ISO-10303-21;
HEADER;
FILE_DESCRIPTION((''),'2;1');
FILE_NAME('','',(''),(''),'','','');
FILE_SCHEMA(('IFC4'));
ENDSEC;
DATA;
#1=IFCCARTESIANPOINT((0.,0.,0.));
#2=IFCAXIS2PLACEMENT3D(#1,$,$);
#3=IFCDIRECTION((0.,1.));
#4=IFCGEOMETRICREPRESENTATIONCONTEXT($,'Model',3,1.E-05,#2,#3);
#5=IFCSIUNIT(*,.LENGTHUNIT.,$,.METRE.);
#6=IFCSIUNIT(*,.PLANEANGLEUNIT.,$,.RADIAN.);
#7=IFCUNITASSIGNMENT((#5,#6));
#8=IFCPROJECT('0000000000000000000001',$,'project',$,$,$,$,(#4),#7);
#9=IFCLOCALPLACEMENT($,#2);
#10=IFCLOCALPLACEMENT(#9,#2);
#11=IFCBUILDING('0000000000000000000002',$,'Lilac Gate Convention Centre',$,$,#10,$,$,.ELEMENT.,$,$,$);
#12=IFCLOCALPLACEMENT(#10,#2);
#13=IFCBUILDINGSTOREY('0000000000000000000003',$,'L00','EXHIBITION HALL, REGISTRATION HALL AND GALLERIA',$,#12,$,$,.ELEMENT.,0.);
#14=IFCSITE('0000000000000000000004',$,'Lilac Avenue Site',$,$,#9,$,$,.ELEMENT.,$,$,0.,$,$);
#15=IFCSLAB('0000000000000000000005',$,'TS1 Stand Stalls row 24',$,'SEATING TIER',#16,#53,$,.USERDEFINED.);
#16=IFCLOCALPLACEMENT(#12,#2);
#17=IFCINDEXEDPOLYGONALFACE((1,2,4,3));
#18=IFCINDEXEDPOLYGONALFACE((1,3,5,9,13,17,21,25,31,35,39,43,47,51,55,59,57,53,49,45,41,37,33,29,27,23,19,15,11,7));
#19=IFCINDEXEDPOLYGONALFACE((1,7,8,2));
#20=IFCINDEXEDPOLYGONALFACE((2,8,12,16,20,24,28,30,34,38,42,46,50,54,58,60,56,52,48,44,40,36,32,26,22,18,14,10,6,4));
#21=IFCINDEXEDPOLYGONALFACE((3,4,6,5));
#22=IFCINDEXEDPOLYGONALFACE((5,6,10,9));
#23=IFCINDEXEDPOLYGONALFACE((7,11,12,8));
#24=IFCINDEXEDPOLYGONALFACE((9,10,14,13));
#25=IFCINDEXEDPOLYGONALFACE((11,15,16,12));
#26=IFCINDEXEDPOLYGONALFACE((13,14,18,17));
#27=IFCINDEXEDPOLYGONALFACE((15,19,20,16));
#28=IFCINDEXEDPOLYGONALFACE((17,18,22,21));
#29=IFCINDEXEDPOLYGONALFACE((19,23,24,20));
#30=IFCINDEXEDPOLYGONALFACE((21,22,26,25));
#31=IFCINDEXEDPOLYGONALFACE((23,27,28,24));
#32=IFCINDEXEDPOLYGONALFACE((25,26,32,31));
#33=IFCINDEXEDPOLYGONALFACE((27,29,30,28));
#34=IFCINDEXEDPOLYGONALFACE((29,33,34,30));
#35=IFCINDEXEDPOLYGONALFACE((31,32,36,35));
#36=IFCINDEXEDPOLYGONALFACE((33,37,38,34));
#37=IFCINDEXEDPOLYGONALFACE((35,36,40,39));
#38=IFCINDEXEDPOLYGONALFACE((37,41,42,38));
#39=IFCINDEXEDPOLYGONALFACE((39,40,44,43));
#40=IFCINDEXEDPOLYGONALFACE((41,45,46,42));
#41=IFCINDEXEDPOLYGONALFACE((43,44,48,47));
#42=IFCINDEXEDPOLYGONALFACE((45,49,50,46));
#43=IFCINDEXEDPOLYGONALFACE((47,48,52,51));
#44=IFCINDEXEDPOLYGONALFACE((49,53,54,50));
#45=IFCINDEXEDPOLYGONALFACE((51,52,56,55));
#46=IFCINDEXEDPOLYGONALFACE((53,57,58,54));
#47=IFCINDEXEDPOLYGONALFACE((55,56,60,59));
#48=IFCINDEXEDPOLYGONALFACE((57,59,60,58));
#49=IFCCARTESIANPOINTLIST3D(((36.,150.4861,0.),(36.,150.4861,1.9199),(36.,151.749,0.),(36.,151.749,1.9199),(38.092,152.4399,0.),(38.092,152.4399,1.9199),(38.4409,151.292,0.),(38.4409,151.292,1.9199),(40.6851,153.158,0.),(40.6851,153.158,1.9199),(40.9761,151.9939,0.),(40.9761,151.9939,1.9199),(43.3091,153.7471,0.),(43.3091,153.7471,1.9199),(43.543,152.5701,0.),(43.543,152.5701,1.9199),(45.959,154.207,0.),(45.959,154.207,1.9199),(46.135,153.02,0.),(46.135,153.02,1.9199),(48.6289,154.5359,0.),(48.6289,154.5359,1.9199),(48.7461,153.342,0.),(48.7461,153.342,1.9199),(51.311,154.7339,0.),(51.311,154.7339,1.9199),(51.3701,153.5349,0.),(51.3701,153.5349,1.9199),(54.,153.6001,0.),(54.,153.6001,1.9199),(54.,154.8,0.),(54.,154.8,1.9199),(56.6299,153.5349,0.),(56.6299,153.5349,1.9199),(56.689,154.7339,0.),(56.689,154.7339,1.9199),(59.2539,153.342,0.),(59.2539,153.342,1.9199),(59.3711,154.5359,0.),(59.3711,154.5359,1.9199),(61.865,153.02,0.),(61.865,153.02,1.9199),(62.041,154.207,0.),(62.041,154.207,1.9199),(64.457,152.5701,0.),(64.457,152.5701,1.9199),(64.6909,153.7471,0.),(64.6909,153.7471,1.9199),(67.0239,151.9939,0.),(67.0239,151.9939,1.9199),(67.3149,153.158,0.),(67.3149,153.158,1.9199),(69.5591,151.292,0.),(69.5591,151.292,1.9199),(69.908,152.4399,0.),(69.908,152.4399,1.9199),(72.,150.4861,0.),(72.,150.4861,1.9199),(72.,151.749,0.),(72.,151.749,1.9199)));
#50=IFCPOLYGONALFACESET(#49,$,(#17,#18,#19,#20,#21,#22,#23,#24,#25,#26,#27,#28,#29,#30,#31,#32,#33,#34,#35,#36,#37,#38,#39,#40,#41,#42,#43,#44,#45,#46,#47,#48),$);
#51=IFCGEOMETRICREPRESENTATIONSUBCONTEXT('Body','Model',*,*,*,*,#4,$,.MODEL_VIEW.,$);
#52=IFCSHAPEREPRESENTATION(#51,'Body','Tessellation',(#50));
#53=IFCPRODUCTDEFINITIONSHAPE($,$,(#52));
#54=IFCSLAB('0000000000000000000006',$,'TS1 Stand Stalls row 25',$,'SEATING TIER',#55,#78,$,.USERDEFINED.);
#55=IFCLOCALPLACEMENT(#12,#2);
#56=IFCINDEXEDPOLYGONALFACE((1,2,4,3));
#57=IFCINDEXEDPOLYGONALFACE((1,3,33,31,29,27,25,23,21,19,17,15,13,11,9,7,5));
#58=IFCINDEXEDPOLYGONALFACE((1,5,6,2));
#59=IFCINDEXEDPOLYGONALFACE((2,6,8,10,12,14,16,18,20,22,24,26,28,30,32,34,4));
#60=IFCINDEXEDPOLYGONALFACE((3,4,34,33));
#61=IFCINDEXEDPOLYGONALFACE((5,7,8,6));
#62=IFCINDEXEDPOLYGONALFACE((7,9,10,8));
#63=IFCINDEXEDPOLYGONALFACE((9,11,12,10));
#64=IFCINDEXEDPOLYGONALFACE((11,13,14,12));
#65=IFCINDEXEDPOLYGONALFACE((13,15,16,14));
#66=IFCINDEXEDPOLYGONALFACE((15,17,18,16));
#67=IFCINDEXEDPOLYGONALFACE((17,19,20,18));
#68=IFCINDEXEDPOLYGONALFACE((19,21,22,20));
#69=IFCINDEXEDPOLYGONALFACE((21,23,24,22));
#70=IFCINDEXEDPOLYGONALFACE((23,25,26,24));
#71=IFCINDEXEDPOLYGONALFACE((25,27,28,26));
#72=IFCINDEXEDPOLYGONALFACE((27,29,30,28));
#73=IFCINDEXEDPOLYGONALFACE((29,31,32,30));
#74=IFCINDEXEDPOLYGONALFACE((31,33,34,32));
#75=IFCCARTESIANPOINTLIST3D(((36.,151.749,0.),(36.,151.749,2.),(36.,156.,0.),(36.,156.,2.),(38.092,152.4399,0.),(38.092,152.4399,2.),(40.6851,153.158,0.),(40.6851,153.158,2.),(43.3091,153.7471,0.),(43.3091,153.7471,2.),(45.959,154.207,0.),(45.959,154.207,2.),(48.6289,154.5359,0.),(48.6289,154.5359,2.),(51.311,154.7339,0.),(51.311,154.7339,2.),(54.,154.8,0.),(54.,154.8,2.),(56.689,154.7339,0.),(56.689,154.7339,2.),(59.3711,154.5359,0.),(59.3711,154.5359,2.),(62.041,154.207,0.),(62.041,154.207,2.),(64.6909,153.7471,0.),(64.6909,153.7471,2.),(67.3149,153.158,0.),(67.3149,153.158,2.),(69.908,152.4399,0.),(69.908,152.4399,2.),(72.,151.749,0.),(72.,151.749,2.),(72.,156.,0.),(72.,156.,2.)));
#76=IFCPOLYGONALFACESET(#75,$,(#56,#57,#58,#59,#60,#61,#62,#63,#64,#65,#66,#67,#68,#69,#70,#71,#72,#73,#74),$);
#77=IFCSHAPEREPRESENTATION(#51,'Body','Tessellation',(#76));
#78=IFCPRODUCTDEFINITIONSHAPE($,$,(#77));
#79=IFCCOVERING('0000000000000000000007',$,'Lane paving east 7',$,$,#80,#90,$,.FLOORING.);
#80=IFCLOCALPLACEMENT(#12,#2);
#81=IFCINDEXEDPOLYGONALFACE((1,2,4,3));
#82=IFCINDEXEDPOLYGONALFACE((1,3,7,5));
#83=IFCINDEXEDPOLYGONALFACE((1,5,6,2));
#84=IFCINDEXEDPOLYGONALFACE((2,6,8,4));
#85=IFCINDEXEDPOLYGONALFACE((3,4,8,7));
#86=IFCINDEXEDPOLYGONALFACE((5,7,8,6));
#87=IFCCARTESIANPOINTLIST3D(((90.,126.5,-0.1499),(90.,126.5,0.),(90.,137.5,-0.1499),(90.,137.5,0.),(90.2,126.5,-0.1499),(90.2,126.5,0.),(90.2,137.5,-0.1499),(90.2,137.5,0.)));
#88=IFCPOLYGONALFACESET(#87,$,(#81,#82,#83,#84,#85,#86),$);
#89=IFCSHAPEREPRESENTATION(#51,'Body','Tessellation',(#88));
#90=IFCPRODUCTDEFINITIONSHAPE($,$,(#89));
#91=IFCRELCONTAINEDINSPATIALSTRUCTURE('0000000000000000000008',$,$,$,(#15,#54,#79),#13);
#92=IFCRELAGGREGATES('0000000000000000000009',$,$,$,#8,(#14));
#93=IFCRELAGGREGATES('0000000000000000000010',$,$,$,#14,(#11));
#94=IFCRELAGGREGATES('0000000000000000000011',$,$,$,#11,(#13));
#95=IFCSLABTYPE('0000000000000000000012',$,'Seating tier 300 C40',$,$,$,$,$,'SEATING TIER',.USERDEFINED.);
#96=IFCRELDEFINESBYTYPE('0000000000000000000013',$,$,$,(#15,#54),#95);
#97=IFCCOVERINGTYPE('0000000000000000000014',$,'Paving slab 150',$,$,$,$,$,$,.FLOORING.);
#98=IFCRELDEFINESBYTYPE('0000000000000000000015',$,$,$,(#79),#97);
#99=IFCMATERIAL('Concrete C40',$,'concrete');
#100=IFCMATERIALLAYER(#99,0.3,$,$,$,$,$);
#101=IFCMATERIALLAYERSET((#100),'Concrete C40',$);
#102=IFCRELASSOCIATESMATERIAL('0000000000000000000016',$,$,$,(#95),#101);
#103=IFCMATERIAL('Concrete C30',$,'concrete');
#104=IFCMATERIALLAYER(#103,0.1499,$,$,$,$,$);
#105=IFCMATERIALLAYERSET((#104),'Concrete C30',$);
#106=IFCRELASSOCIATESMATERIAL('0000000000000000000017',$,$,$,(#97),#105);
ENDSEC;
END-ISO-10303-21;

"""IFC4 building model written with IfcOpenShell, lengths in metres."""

from ifc_helpers import new_model, si_unit, direction, frame, origin, place, context, subcontext, project, spatial, polyline, outline, extrude, material, layer, layer_set, type_object, element, save


model = new_model("IFC4")

# Units and contexts
model_context = context("Model", 3, precision=1e-05, world=origin(), true_north=direction((0.0, 1.0)))
body_context = subcontext(model_context, "Body", "Model", "MODEL_VIEW")
ifc_project = project(units=[si_unit("LENGTHUNIT", "METRE"), si_unit("PLANEANGLEUNIT", "RADIAN")], contexts=[model_context])

# Site, building, storey
site_placement = place(None, origin())
site = spatial("IfcSite", under=ifc_project, at=site_placement, Name="Lilac Avenue Site", CompositionType="ELEMENT", RefElevation=0.0)
building_placement = place(site_placement, origin())
building = spatial("IfcBuilding", under=site, at=building_placement, Name="Lilac Gate Convention Centre", CompositionType="ELEMENT")
storey_placement = place(building_placement, origin())
storey = spatial("IfcBuildingStorey", under=building, at=storey_placement, Name="L00", Description="EXHIBITION HALL, REGISTRATION HALL AND GALLERIA", CompositionType="ELEMENT", Elevation=0.0)

# Slabs
ifc_material_1 = material(Name="Concrete C40", Category="concrete")
ifc_layer_1 = layer(ifc_material_1, 0.3)
ifc_layer_set_1 = layer_set([ifc_layer_1], Name="Concrete C40")
slab_type_1 = type_object("IfcSlabType", Name="Seating tier 300 C40", ElementType="SEATING TIER", PredefinedType="USERDEFINED", material=ifc_layer_set_1)
slab_1_placement = place(storey_placement, origin())
element("IfcSlab", 1, at=slab_1_placement, inside=storey, type_object=slab_type_1, Name="TS1 Stand Stalls row 24", ObjectType="SEATING TIER", PredefinedType="USERDEFINED", context=body_context, shape_type="SweptSolid", body=[
    extrude(outline(polyline([(38.092, 152.4399), (40.6851, 153.158), (43.3091, 153.7471), (45.959, 154.207), (48.6289, 154.5359), (51.311, 154.7339), (54.0, 154.8), (56.689, 154.7339), (59.3711, 154.5359), (62.041, 154.207), (64.6909, 153.7471), (67.3149, 153.158), (69.908, 152.4399), (72.0, 151.749), (72.0, 150.4861), (69.5591, 151.292), (67.0239, 151.9939), (64.457, 152.5701), (61.865, 153.02), (59.2539, 153.342), (56.6299, 153.5349), (54.0, 153.6001), (51.3701, 153.5349), (48.7461, 153.342), (46.135, 153.02), (43.543, 152.5701), (40.9761, 151.9939), (38.4409, 151.292), (36.0, 150.4861), (36.0, 151.749), (38.092, 152.4399)])), origin(), (0.0, 0.0, 1.0), 1.9199),
])
slab_2_placement = place(storey_placement, origin())
element("IfcSlab", 2, at=slab_2_placement, inside=storey, type_object=slab_type_1, Name="TS1 Stand Stalls row 25", ObjectType="SEATING TIER", PredefinedType="USERDEFINED", context=body_context, shape_type="SweptSolid", body=[
    extrude(outline(polyline([(69.908, 152.4399), (67.3149, 153.158), (64.6909, 153.7471), (62.041, 154.207), (59.3711, 154.5359), (56.689, 154.7339), (54.0, 154.8), (51.311, 154.7339), (48.6289, 154.5359), (45.959, 154.207), (43.3091, 153.7471), (40.6851, 153.158), (38.092, 152.4399), (36.0, 151.749), (36.0, 156.0), (72.0, 156.0), (72.0, 151.749), (69.908, 152.4399)])), origin(), (0.0, 0.0, 1.0), 2.0),
])

# Covering
ifc_material_2 = material(Name="Concrete C30", Category="concrete")
ifc_layer_2 = layer(ifc_material_2, 0.1499)
ifc_layer_set_2 = layer_set([ifc_layer_2], Name="Concrete C30")
covering_type = type_object("IfcCoveringType", Name="Paving slab 150", PredefinedType="FLOORING", material=ifc_layer_set_2)
covering_placement = place(storey_placement, frame((0.0, 0.0, -0.1499)))
element("IfcCovering", 3, at=covering_placement, inside=storey, type_object=covering_type, Name="Lane paving east 7", PredefinedType="FLOORING", context=body_context, shape_type="SweptSolid", body=[
    extrude(outline(polyline([(90.0, 137.5), (90.2, 137.5), (90.2, 126.5), (90.0, 126.5), (90.0, 137.5)])), origin(), (0.0, 0.0, 1.0), 0.1499),
])

save(model, "model.ifc")
